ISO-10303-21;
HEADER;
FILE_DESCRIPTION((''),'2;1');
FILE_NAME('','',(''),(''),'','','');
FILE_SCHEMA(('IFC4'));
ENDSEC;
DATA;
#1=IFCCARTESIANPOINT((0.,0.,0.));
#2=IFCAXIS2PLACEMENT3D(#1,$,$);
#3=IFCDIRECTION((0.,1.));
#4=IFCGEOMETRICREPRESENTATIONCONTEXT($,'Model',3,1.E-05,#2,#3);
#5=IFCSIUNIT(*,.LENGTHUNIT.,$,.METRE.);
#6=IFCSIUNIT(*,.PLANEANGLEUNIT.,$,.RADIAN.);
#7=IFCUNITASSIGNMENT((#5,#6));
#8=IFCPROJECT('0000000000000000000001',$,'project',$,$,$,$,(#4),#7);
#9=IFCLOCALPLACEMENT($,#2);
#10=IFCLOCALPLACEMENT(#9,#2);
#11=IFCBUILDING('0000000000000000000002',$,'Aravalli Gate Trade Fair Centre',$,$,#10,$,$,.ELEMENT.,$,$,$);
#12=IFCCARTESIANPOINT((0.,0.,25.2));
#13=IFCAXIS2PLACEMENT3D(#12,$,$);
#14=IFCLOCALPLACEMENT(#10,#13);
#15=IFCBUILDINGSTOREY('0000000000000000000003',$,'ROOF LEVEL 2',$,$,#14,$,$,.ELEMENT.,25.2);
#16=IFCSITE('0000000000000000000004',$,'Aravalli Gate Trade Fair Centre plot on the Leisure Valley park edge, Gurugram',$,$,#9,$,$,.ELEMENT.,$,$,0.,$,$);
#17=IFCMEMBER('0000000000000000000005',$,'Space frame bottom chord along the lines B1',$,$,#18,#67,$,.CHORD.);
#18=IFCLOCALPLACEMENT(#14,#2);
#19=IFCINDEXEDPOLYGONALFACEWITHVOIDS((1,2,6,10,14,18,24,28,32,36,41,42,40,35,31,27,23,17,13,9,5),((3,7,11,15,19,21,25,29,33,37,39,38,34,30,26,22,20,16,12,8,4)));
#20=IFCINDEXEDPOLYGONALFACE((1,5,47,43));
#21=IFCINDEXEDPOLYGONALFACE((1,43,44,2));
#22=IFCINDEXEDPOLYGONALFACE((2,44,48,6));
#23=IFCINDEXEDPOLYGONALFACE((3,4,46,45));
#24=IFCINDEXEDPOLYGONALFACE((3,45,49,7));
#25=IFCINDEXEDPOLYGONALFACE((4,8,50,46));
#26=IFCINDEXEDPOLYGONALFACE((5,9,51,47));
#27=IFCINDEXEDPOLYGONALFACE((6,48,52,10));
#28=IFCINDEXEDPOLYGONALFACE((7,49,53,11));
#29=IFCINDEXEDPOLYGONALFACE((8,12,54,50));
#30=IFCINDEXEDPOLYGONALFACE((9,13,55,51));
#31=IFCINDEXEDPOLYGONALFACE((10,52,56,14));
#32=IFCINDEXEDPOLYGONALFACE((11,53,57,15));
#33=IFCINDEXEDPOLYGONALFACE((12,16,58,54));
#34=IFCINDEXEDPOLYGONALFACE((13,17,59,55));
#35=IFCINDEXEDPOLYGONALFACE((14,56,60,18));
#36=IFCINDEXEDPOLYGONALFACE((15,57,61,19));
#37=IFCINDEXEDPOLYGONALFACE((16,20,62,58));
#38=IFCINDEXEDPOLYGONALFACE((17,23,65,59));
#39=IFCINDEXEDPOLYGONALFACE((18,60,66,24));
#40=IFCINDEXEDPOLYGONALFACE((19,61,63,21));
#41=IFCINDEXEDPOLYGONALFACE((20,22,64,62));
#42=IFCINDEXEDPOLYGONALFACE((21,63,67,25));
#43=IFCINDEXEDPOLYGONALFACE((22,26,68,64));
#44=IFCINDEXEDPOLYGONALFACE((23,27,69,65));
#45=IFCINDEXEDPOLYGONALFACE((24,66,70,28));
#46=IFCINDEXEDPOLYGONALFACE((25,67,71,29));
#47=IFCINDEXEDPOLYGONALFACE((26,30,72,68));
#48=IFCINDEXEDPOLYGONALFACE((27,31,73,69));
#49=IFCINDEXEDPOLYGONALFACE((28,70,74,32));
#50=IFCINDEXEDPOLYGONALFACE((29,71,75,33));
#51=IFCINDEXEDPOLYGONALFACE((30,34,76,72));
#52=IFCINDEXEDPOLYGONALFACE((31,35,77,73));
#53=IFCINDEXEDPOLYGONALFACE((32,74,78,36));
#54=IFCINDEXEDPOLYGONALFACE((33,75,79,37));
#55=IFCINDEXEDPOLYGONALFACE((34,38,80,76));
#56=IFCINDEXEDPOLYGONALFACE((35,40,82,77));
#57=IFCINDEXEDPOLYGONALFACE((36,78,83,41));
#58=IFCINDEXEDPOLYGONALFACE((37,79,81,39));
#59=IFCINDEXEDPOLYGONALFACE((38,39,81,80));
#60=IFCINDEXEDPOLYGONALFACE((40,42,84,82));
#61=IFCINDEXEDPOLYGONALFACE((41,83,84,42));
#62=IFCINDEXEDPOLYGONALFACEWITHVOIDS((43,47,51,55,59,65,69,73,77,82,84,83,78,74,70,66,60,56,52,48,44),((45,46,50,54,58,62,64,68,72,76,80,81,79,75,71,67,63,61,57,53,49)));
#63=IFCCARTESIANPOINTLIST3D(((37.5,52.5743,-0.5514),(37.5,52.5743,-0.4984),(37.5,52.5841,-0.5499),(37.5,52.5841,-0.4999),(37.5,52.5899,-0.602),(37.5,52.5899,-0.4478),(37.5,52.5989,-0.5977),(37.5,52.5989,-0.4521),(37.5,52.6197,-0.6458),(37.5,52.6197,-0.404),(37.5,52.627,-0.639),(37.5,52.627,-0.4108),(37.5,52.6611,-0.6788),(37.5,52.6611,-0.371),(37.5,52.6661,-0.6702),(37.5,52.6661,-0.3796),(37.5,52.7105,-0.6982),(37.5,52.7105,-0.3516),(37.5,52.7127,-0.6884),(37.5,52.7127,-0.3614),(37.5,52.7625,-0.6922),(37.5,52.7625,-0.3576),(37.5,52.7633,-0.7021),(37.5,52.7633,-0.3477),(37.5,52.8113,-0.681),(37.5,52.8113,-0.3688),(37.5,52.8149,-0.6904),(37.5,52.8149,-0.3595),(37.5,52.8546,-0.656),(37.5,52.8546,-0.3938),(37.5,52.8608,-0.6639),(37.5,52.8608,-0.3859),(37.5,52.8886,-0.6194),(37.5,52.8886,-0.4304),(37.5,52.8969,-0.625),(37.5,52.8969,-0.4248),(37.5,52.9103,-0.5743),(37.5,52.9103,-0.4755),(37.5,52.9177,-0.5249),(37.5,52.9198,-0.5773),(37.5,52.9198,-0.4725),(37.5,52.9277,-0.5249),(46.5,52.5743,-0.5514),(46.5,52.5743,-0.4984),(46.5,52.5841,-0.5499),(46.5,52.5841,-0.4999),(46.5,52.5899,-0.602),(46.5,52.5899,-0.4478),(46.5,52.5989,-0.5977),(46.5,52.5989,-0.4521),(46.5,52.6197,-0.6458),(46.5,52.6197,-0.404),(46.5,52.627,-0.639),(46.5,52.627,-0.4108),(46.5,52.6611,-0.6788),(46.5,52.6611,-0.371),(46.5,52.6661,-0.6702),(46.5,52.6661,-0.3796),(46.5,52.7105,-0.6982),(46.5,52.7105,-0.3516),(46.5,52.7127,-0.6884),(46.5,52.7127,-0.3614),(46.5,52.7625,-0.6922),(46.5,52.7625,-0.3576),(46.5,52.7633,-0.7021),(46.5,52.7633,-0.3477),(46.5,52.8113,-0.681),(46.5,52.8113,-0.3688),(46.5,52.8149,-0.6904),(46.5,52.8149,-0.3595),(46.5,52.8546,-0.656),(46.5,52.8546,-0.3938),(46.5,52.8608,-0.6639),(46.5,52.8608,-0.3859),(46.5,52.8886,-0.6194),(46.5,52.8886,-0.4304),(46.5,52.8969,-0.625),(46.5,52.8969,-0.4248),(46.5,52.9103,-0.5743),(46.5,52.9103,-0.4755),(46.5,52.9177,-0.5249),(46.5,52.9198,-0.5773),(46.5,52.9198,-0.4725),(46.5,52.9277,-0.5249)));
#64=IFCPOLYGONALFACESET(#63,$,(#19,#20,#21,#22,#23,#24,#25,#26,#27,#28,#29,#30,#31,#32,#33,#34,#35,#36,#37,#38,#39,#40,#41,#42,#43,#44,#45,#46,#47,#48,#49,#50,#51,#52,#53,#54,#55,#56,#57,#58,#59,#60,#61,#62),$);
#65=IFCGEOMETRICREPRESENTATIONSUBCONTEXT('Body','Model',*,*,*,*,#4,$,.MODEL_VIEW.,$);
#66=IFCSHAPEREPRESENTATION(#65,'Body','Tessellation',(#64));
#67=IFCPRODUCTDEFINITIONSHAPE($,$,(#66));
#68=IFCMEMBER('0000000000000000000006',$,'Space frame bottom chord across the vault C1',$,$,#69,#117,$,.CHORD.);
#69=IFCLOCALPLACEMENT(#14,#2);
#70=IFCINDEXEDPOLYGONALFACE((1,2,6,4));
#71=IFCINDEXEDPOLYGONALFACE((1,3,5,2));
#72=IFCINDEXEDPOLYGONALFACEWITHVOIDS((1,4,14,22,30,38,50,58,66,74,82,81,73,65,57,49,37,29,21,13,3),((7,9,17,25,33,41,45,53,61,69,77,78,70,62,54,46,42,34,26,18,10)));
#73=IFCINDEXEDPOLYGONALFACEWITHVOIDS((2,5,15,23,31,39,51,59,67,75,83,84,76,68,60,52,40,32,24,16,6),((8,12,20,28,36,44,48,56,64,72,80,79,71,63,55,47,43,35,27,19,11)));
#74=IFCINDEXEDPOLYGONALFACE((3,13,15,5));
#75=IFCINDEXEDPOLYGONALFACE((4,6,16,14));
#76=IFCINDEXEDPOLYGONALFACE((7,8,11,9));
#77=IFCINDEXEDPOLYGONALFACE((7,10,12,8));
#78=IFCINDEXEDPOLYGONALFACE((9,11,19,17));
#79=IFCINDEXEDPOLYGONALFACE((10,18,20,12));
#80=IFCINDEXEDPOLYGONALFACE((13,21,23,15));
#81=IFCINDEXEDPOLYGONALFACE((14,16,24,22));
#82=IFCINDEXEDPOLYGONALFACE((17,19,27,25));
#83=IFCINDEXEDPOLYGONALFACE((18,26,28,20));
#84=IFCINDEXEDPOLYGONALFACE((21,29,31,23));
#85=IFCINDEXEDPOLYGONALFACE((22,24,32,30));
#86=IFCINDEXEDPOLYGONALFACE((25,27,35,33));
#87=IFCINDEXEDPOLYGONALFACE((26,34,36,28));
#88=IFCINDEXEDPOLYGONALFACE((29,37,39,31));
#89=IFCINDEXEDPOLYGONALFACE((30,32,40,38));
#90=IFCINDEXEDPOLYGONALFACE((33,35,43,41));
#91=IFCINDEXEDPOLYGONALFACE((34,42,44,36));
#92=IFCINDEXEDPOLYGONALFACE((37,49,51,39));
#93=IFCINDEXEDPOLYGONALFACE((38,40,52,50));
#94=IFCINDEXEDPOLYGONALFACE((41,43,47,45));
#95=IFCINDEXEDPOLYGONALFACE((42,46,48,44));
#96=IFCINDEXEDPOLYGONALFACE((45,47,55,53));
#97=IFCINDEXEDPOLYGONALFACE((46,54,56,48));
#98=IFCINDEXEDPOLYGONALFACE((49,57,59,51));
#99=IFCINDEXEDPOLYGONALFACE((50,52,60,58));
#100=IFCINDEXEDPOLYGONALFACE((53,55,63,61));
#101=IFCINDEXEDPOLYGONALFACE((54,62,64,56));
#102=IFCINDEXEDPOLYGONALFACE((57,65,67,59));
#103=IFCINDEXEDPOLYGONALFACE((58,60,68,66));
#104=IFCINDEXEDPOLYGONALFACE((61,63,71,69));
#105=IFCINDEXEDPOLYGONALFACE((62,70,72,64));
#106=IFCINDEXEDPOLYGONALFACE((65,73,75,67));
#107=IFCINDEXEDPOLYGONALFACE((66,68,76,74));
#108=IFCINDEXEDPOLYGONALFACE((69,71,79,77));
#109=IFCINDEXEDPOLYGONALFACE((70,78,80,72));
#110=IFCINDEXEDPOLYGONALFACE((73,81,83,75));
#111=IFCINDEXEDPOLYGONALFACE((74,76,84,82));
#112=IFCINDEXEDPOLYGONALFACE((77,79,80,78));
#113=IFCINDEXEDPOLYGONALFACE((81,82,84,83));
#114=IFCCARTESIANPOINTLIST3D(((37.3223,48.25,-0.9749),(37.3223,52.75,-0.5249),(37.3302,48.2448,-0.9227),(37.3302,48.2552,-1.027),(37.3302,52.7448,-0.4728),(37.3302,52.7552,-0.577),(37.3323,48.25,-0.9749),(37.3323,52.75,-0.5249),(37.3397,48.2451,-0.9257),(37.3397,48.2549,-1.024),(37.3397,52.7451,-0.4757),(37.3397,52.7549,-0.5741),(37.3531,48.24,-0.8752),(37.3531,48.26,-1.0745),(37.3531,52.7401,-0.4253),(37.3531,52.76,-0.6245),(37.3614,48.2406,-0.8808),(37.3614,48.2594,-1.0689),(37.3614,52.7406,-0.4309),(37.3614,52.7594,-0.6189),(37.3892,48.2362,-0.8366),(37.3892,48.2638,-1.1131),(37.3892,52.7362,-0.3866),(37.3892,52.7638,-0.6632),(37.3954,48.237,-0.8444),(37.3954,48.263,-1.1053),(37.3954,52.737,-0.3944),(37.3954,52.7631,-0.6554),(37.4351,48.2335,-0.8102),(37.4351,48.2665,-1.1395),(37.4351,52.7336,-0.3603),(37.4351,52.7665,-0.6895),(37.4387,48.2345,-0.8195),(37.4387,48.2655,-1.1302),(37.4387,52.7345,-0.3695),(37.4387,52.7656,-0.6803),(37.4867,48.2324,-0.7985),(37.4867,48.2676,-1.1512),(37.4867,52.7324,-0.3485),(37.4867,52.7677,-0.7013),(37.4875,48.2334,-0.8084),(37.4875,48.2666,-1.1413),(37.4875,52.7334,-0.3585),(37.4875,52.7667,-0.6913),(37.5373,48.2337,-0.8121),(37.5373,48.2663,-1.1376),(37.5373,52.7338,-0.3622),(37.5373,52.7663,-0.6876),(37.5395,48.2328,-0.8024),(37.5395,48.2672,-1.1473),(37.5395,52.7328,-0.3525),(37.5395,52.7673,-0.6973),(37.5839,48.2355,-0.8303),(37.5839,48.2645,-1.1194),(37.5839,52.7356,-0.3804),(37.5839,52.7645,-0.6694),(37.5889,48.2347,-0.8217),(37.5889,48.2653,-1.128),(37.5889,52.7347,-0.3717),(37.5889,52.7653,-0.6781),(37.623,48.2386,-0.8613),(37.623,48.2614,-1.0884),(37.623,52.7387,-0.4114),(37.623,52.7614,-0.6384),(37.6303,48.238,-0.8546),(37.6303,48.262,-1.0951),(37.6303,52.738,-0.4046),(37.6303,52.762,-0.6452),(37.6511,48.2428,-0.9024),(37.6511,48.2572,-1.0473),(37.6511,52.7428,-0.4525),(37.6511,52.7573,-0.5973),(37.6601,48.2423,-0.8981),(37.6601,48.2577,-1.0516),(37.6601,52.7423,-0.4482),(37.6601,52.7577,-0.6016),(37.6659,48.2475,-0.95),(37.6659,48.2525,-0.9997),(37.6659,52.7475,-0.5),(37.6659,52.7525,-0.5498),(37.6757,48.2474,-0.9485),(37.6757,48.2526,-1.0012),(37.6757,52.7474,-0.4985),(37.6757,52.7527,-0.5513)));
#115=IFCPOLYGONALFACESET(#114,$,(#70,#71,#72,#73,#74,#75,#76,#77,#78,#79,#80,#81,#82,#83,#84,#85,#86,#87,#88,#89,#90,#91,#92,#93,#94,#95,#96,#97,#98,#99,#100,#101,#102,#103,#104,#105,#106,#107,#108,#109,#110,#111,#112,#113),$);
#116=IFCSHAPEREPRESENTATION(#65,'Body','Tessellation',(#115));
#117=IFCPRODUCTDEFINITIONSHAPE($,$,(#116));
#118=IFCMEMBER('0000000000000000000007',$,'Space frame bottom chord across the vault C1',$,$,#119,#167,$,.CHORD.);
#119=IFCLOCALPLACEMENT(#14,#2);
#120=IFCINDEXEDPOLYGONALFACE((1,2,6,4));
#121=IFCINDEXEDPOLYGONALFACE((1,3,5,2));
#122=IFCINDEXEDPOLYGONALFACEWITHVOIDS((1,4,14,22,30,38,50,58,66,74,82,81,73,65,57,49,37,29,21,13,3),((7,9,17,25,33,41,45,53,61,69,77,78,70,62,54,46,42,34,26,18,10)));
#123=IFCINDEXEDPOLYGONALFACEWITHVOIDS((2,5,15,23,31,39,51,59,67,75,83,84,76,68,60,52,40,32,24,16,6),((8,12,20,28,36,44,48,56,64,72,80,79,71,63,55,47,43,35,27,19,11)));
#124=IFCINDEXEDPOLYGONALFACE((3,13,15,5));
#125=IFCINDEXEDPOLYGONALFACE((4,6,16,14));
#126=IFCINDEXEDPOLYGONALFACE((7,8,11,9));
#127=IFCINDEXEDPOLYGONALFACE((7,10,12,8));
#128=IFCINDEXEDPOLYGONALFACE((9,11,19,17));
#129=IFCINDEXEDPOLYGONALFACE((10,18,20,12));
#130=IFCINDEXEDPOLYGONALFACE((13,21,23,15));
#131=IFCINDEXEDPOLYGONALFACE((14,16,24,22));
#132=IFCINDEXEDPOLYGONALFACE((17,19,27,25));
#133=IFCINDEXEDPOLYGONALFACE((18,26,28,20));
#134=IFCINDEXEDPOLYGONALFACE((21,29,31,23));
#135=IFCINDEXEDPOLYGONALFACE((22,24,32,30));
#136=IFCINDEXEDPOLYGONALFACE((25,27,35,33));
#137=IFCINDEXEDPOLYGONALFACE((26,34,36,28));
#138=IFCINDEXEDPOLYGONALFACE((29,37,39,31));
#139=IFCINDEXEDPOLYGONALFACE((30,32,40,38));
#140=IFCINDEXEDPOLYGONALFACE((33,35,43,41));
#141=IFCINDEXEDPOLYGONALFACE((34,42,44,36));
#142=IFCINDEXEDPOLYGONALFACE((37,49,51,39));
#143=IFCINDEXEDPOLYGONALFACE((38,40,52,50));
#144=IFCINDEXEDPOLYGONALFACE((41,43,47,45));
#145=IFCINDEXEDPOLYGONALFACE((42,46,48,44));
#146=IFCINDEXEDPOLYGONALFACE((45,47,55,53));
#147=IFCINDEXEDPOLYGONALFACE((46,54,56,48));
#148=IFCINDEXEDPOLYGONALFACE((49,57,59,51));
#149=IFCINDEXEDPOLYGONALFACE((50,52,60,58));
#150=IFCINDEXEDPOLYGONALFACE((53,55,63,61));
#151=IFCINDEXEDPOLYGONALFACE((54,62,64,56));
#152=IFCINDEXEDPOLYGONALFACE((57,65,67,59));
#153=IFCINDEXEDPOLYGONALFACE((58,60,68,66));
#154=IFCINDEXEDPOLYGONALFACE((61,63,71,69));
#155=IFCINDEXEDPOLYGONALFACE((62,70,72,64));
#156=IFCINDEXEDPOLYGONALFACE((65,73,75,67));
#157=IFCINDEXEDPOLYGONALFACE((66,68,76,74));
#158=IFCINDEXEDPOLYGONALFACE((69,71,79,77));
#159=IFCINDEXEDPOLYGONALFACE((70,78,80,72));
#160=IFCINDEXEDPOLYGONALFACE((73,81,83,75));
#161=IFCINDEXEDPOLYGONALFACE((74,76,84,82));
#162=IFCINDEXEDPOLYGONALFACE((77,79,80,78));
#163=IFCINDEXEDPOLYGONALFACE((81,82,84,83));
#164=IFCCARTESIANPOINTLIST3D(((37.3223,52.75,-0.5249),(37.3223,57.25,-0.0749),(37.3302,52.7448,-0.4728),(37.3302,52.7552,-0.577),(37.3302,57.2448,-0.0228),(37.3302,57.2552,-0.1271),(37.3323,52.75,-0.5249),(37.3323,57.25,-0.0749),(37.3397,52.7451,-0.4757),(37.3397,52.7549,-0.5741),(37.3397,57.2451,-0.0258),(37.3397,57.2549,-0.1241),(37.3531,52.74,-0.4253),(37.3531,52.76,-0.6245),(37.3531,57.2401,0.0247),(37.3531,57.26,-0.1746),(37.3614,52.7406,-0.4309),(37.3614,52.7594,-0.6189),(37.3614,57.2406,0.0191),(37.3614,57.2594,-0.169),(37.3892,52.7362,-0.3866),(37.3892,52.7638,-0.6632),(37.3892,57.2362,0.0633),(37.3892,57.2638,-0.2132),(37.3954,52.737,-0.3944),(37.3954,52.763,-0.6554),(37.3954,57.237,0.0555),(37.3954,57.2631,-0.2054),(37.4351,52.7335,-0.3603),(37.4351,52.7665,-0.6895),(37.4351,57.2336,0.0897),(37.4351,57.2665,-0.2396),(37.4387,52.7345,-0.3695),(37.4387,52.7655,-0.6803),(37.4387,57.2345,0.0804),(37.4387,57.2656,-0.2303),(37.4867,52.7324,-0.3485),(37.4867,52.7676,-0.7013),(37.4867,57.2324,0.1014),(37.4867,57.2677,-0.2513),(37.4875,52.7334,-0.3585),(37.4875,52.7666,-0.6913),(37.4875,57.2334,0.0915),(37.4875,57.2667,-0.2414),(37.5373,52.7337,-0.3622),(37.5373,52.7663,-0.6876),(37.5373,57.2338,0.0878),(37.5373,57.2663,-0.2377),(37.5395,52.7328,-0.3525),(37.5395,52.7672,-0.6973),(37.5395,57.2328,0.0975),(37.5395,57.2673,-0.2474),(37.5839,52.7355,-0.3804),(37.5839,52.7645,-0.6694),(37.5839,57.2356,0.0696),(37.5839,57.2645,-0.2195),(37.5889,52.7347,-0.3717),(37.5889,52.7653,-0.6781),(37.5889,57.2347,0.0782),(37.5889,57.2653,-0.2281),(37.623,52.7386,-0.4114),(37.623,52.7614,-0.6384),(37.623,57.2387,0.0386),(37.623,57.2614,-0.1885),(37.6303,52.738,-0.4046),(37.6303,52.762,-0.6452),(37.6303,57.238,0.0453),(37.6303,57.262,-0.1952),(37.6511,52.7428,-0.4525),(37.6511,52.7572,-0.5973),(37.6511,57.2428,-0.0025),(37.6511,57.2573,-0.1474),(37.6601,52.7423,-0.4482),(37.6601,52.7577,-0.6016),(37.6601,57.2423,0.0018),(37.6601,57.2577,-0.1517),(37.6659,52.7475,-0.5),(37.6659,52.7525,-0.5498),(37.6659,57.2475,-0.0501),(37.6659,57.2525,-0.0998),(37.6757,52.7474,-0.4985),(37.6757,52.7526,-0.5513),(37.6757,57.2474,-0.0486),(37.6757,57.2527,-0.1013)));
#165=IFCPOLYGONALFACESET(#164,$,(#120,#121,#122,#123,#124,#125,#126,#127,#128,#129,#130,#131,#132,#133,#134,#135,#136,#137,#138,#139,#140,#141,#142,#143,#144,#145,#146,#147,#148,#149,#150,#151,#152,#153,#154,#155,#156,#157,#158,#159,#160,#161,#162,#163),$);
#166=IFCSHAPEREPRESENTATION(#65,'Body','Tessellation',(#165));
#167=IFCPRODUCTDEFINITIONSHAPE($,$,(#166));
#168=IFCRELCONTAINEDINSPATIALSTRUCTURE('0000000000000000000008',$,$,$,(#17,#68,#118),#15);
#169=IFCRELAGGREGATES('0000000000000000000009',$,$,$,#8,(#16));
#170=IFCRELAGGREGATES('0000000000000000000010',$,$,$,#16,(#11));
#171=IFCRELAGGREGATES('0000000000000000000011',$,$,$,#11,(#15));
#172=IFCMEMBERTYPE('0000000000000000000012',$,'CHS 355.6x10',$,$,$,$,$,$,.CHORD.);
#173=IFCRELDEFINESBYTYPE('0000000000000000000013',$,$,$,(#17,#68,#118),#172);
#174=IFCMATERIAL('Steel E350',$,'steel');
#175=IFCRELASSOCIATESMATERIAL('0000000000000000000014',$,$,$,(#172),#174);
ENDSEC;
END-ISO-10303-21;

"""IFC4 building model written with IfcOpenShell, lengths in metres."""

from ifc_helpers import new_model, si_unit, direction, frame, origin, origin_2d, place, context, subcontext, project, spatial, hollow_circle, extrude, material, material_profile, profile_set, type_object, element, save


model = new_model("IFC4")

# Units and contexts
model_context = context("Model", 3, precision=1e-05, world=origin(), true_north=direction((0.0, 1.0)))
body_context = subcontext(model_context, "Body", "Model", "MODEL_VIEW")
ifc_project = project(units=[si_unit("LENGTHUNIT", "METRE"), si_unit("PLANEANGLEUNIT", "RADIAN")], contexts=[model_context])

# Site, building, storey
site_placement = place(None, origin())
site = spatial("IfcSite", under=ifc_project, at=site_placement, Name="Aravalli Gate Trade Fair Centre plot on the Leisure Valley park edge, Gurugram", CompositionType="ELEMENT", RefElevation=0.0)
building_placement = place(site_placement, origin())
building = spatial("IfcBuilding", under=site, at=building_placement, Name="Aravalli Gate Trade Fair Centre", CompositionType="ELEMENT")
storey_placement = place(building_placement, frame((0.0, 0.0, 25.2)))
storey = spatial("IfcBuildingStorey", under=building, at=storey_placement, Name="ROOF LEVEL 2", CompositionType="ELEMENT", Elevation=25.2)

# Members
ifc_material = material(Name="Steel E350", Category="steel")
ifc_material_profile_1 = material_profile(ifc_material, hollow_circle(Radius=0.1777, WallThickness=0.01, at=origin_2d()), Name="CHS 355.6x10")
ifc_profile_set_1 = profile_set([ifc_material_profile_1], Name="Steel E350")
member_type_1 = type_object("IfcMemberType", Name="CHS 355.6x10", PredefinedType="CHORD", material=ifc_profile_set_1)
member_1_placement = place(storey_placement, frame((37.5, 52.75, -0.5249), z_axis=(1.0, 0.0, 0.0), x_axis=(0.0, 1.0, 0.0)))
element("IfcMember", 1, at=member_1_placement, inside=storey, type_object=member_type_1, Name="Space frame bottom chord along the lines B1", PredefinedType="CHORD", context=body_context, shape_type="SweptSolid", body=[
    extrude(hollow_circle(Radius=0.1777, WallThickness=0.01, at=origin_2d()), origin(), (0.0, 0.0, 1.0), 9.0),
])
for number, where, z_axis, x_axis, name in (
    (2, (37.5, 48.25, -0.9749), (0.0, 0.995038, 0.099493), (-1.0, 0.0, 0.0), "Space frame bottom chord across the vault C1"),
    (3, (37.5, 52.75, -0.5249), (0.0, 0.995038, 0.099493), (-1.0, 0.0, 0.0), "Space frame bottom chord across the vault C1"),
):
    element("IfcMember", number, at=place(storey_placement, frame(where, z_axis=z_axis, x_axis=x_axis)), inside=storey, type_object=member_type_1, Name=name, PredefinedType="CHORD", context=body_context, shape_type="SweptSolid", body=[
        extrude(hollow_circle(Radius=0.1777, WallThickness=0.01, at=origin_2d()), origin(), (0.0, 0.0, 1.0), 4.5225),
    ])

save(model, "model.ifc")
